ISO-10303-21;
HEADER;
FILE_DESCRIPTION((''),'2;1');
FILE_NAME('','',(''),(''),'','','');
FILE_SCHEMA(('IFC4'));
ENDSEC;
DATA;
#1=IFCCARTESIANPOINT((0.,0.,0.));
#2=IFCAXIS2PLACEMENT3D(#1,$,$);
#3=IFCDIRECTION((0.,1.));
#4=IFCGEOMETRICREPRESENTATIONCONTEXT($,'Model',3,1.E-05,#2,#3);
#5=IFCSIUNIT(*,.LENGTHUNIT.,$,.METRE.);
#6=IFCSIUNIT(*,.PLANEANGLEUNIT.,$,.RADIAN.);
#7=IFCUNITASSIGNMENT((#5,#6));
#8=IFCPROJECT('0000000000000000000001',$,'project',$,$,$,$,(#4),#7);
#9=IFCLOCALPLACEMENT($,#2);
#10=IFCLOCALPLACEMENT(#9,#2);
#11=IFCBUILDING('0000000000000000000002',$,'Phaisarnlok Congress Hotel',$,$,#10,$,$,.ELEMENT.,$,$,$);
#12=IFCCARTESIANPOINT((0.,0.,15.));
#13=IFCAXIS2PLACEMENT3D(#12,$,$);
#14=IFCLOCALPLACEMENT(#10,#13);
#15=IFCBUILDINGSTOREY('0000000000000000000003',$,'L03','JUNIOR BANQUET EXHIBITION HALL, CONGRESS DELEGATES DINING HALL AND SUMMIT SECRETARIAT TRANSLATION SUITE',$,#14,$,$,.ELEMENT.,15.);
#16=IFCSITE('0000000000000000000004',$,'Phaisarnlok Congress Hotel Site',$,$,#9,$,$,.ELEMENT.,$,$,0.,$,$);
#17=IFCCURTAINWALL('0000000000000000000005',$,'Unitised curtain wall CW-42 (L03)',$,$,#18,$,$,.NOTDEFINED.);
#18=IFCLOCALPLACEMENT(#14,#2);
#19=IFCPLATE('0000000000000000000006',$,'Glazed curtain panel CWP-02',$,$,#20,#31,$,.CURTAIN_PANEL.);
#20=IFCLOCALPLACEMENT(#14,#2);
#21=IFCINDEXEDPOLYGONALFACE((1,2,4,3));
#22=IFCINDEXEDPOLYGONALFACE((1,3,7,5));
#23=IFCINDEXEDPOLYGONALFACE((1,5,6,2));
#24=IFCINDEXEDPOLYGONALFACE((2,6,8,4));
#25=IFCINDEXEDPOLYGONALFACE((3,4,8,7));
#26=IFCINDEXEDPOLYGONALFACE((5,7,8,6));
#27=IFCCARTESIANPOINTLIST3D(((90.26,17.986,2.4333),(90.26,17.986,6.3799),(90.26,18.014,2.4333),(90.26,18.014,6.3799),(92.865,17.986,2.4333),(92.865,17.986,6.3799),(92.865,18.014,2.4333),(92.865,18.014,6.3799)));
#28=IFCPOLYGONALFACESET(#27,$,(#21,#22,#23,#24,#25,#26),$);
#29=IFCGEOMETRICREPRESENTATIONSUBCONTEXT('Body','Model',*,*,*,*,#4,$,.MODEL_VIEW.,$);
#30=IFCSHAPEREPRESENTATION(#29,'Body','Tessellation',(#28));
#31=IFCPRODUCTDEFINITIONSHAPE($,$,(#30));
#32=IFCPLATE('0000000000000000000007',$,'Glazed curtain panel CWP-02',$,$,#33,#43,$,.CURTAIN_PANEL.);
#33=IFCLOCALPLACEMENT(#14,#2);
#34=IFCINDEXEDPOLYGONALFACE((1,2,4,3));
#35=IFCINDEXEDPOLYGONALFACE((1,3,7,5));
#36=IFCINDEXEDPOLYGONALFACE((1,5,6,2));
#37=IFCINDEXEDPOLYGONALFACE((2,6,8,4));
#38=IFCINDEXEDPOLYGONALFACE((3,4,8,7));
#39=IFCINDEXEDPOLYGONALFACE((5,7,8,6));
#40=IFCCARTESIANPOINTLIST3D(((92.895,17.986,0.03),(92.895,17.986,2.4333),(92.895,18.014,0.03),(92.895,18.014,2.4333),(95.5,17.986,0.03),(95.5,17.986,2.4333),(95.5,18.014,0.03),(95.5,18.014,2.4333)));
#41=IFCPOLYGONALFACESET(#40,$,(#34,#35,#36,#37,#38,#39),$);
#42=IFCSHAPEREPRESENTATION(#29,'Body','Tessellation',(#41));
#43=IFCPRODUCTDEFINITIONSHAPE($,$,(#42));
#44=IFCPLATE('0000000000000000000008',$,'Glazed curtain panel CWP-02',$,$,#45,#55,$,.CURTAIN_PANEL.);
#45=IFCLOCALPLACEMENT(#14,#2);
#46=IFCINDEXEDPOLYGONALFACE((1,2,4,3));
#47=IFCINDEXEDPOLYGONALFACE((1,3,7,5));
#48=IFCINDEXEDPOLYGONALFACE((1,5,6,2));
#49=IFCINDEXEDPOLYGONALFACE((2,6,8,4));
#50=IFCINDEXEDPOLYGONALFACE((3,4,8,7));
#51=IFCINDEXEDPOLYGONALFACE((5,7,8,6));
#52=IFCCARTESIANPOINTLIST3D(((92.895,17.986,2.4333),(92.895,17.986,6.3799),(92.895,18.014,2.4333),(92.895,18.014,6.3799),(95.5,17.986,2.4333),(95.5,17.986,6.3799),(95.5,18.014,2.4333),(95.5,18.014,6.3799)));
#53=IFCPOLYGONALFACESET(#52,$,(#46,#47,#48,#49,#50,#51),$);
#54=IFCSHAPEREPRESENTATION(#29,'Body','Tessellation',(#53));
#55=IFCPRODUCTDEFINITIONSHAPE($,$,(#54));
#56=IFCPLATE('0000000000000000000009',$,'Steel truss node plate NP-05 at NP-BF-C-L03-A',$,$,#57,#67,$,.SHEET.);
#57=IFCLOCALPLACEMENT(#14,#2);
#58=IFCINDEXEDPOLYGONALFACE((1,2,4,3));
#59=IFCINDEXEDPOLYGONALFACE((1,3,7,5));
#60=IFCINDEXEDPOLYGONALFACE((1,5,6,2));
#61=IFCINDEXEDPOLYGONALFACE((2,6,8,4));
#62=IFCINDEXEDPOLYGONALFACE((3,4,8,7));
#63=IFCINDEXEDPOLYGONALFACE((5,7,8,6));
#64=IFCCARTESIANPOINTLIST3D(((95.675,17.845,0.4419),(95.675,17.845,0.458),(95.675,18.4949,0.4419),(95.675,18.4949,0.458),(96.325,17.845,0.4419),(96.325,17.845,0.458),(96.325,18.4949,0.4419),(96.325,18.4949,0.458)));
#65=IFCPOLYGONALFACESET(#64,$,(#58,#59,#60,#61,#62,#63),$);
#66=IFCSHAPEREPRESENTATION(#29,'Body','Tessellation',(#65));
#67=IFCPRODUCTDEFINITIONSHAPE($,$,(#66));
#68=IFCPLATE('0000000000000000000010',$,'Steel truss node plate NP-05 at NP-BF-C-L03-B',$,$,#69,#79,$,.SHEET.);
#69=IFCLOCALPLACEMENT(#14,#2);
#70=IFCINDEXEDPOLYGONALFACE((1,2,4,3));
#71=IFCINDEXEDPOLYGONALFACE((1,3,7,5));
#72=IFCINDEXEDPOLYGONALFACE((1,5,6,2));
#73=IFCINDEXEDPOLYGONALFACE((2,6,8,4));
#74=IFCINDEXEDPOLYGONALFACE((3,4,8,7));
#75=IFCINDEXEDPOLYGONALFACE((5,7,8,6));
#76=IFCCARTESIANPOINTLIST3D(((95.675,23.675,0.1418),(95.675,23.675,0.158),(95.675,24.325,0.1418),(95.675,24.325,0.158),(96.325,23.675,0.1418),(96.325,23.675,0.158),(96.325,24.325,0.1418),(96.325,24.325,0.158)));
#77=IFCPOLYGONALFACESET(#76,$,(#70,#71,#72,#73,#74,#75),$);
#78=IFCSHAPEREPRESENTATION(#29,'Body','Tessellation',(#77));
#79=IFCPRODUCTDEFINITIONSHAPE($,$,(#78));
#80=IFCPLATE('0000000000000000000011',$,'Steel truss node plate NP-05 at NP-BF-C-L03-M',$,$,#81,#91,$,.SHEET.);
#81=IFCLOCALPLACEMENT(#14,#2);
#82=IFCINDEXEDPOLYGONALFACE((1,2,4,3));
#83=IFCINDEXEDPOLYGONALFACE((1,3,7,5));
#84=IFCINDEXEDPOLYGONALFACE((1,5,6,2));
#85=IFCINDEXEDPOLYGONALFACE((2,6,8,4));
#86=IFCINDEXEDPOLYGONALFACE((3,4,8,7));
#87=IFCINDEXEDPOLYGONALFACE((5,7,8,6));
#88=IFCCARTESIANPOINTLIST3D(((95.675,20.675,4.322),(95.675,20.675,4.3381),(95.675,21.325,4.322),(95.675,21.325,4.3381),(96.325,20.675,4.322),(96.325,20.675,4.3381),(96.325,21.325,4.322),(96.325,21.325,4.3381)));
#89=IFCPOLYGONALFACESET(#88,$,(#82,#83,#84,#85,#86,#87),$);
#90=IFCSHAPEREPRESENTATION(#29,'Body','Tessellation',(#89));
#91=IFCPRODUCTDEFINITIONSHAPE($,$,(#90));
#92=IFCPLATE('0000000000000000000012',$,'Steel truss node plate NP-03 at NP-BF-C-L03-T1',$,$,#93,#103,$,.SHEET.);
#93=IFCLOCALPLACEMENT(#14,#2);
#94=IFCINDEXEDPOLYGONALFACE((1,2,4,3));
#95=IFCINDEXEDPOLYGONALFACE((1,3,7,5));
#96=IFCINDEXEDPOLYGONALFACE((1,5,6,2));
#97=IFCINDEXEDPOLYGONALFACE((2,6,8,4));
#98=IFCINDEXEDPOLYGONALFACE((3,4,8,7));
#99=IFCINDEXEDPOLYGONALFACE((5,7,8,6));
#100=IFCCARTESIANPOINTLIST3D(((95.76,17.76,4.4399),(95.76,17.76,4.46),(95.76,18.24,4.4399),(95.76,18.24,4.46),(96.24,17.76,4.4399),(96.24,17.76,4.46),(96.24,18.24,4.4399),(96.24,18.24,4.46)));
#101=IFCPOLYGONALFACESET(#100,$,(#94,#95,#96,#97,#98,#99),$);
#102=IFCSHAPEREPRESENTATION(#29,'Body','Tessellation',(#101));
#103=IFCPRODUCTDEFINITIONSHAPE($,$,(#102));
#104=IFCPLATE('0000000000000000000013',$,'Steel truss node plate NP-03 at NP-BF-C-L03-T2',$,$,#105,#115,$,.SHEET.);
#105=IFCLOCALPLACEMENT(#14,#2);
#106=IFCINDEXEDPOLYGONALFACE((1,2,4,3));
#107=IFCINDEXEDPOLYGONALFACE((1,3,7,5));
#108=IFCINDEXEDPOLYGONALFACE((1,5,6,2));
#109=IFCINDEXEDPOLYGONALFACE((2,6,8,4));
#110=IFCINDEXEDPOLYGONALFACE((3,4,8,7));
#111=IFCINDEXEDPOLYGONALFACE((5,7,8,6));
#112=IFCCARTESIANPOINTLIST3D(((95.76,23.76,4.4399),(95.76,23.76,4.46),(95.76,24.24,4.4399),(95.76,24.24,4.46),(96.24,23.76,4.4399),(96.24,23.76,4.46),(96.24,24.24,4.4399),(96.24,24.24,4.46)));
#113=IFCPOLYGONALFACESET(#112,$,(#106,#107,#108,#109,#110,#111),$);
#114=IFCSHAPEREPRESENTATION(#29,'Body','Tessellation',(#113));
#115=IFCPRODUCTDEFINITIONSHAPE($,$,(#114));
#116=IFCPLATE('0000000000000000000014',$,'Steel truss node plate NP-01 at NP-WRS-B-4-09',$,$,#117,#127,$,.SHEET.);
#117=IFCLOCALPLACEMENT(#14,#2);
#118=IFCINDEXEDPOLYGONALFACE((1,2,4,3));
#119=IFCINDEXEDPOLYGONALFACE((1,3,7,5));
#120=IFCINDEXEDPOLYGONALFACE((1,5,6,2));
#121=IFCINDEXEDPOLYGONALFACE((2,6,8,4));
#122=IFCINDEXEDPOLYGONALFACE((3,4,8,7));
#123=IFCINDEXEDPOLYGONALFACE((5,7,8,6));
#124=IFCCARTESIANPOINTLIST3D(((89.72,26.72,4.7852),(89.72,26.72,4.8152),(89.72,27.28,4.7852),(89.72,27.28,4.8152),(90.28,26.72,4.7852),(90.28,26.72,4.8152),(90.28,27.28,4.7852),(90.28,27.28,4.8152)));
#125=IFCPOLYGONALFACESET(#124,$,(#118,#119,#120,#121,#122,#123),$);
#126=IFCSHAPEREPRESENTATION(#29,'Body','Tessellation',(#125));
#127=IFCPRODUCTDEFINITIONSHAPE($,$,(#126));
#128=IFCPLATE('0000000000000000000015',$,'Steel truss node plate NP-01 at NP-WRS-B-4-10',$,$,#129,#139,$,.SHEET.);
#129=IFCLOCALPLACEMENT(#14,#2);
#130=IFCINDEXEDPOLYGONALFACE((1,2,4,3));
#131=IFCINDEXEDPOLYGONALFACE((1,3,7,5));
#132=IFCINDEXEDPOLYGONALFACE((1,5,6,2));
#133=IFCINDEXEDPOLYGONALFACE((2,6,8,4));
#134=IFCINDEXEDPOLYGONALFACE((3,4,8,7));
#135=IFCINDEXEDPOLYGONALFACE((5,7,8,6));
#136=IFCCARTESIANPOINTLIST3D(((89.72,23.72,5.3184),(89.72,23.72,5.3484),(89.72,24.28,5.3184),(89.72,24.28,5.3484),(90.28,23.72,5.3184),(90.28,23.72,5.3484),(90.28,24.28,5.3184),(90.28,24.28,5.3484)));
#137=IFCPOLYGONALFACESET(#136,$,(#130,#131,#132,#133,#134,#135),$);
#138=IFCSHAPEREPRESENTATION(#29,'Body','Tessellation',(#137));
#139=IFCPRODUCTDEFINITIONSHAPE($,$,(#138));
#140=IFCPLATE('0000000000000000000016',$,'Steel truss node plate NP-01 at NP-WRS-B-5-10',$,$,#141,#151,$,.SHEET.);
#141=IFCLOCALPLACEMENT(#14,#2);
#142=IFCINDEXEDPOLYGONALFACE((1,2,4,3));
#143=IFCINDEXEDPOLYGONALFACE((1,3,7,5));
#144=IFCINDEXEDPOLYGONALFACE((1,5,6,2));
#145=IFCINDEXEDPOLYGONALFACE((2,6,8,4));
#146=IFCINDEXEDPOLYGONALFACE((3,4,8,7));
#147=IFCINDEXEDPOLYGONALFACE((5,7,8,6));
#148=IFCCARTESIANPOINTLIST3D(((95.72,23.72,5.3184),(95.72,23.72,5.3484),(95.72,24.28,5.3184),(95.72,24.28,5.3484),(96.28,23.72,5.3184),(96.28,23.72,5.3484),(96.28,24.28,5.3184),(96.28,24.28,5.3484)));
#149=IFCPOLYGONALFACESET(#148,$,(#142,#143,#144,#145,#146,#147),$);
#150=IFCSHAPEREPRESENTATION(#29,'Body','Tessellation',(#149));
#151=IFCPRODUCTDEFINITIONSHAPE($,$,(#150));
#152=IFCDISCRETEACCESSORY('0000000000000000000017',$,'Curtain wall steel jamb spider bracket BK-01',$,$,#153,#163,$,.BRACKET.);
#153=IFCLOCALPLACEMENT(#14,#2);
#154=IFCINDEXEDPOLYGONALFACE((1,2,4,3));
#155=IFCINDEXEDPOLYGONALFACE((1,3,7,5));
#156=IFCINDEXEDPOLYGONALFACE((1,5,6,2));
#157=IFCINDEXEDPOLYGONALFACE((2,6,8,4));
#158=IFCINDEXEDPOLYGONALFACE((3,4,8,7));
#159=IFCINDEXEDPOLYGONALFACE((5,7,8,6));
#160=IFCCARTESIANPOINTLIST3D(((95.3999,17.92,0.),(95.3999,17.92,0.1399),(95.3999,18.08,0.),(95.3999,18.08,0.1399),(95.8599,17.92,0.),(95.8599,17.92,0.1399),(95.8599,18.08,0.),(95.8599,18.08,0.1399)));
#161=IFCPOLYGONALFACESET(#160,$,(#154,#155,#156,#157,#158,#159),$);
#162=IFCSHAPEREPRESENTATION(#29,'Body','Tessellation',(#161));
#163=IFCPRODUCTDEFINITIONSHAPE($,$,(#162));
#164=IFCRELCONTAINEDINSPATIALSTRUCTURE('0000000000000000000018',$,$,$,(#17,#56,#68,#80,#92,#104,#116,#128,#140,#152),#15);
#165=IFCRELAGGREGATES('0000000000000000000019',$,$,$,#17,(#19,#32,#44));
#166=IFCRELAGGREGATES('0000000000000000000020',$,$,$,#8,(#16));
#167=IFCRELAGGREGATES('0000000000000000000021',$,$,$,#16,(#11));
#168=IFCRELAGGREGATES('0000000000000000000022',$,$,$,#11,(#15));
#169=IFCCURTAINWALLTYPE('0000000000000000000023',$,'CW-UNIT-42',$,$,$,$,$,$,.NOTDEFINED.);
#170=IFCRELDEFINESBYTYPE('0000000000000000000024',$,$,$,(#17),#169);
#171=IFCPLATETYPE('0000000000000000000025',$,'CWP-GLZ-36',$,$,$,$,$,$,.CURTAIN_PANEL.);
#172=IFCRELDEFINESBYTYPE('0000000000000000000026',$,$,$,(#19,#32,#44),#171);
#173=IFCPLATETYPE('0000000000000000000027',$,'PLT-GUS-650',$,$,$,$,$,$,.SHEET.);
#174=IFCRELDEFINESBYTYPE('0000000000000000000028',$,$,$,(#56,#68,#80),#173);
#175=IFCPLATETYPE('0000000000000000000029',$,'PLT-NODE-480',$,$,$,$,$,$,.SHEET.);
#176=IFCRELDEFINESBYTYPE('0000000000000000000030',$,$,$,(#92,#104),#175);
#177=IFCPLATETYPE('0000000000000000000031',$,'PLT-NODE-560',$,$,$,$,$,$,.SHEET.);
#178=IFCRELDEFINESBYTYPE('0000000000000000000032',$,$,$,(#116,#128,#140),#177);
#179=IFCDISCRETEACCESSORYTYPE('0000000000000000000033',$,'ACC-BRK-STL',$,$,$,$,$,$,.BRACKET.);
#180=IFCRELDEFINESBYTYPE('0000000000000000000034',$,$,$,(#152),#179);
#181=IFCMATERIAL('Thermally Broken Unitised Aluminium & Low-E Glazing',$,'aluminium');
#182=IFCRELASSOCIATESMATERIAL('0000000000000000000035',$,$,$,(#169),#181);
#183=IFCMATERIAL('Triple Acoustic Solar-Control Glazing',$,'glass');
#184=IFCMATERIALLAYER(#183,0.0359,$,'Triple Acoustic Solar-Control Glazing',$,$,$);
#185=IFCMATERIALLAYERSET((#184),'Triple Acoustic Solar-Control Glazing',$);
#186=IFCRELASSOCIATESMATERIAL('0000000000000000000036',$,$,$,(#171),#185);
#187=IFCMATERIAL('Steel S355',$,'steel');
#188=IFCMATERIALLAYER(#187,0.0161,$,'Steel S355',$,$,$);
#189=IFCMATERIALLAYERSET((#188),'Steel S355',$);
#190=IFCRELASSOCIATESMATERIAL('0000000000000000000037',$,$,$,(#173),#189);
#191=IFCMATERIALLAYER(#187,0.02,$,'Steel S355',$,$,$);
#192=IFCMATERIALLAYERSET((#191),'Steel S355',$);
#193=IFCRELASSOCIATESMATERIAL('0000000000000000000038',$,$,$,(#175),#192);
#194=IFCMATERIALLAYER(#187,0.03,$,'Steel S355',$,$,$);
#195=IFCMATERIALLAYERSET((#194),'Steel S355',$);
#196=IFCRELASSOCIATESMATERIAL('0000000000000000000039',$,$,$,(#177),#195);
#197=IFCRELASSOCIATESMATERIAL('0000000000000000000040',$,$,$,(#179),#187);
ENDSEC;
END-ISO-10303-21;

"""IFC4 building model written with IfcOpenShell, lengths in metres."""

from ifc_helpers import new_model, si_unit, direction, frame, frame_2d, origin, origin_2d, place, context, subcontext, project, spatial, rectangle, extrude, material, layer, layer_set, type_object, element, aggregate, save


model = new_model("IFC4")

# Units and contexts
model_context = context("Model", 3, precision=1e-05, world=origin(), true_north=direction((0.0, 1.0)))
body_context = subcontext(model_context, "Body", "Model", "MODEL_VIEW")
ifc_project = project(units=[si_unit("LENGTHUNIT", "METRE"), si_unit("PLANEANGLEUNIT", "RADIAN")], contexts=[model_context])

# Site, building, storey
site_placement = place(None, origin())
site = spatial("IfcSite", under=ifc_project, at=site_placement, Name="Phaisarnlok Congress Hotel Site", CompositionType="ELEMENT", RefElevation=0.0)
building_placement = place(site_placement, origin())
building = spatial("IfcBuilding", under=site, at=building_placement, Name="Phaisarnlok Congress Hotel", CompositionType="ELEMENT")
storey_placement = place(building_placement, frame((0.0, 0.0, 15.0)))
storey = spatial("IfcBuildingStorey", under=building, at=storey_placement, Name="L03", Description="JUNIOR BANQUET EXHIBITION HALL, CONGRESS DELEGATES DINING HALL AND SUMMIT SECRETARIAT TRANSLATION SUITE", CompositionType="ELEMENT", Elevation=15.0)

# Shared definitions
ifc_material_1 = material(Name="Steel S355", Category="steel")

# Curtain wall
ifc_material_2 = material(Name="Thermally Broken Unitised Aluminium & Low-E Glazing", Category="aluminium")
curtain_wall_type = type_object("IfcCurtainWallType", Name="CW-UNIT-42", PredefinedType="NOTDEFINED", material=ifc_material_2)
curtain_wall_placement = place(storey_placement, origin())
curtain_wall = element("IfcCurtainWall", 1, at=curtain_wall_placement, inside=storey, type_object=curtain_wall_type, Name="Unitised curtain wall CW-42 (L03)", PredefinedType="NOTDEFINED")

# Plates
ifc_material_3 = material(Name="Triple Acoustic Solar-Control Glazing", Category="glass")
ifc_layer_1 = layer(ifc_material_3, 0.0359, Name="Triple Acoustic Solar-Control Glazing")
ifc_layer_set_1 = layer_set([ifc_layer_1], Name="Triple Acoustic Solar-Control Glazing")
plate_type_1 = type_object("IfcPlateType", Name="CWP-GLZ-36", PredefinedType="CURTAIN_PANEL", material=ifc_layer_set_1)
plate_1_placement = place(storey_placement, frame((90.26, 18.0, 2.4333), z_axis=(0.0, 0.0, 1.0), x_axis=(1.0, 0.0, 0.0)))
plate_1 = element("IfcPlate", 2, at=plate_1_placement, type_object=plate_type_1, Name="Glazed curtain panel CWP-02", PredefinedType="CURTAIN_PANEL", context=body_context, shape_type="SweptSolid", body=[
    extrude(rectangle(XDim=2.605, YDim=0.0281, at=frame_2d((1.3025, 0.0))), origin(), (0.0, 0.0, 1.0), 3.9465),
])
plate_2_placement = place(storey_placement, frame((92.895, 18.0, 0.03), z_axis=(0.0, 0.0, 1.0), x_axis=(1.0, 0.0, 0.0)))
plate_2 = element("IfcPlate", 3, at=plate_2_placement, type_object=plate_type_1, Name="Glazed curtain panel CWP-02", PredefinedType="CURTAIN_PANEL", context=body_context, shape_type="SweptSolid", body=[
    extrude(rectangle(XDim=2.605, YDim=0.0281, at=frame_2d((1.3025, 0.0))), origin(), (0.0, 0.0, 1.0), 2.4033),
])
plate_3_placement = place(storey_placement, frame((92.895, 18.0, 2.4333), z_axis=(0.0, 0.0, 1.0), x_axis=(1.0, 0.0, 0.0)))
plate_3 = element("IfcPlate", 4, at=plate_3_placement, type_object=plate_type_1, Name="Glazed curtain panel CWP-02", PredefinedType="CURTAIN_PANEL", context=body_context, shape_type="SweptSolid", body=[
    extrude(rectangle(XDim=2.605, YDim=0.0281, at=frame_2d((1.3025, 0.0))), origin(), (0.0, 0.0, 1.0), 3.9465),
])
aggregate(curtain_wall, [plate_1, plate_2, plate_3])

# Plates
ifc_layer_2 = layer(ifc_material_1, 0.0161, Name="Steel S355")
ifc_layer_set_2 = layer_set([ifc_layer_2], Name="Steel S355")
plate_type_2 = type_object("IfcPlateType", Name="PLT-GUS-650", PredefinedType="SHEET", material=ifc_layer_set_2)
for number, where, z_axis, x_axis, name in (
    (5, (96.0, 18.1699, 0.4419), (0.0, 0.0, 1.0), (1.0, 0.0, 0.0), "Steel truss node plate NP-05 at NP-BF-C-L03-A"),
    (6, (96.0, 24.0, 0.1418), (0.0, 0.0, 1.0), (1.0, 0.0, 0.0), "Steel truss node plate NP-05 at NP-BF-C-L03-B"),
    (7, (96.0, 21.0, 4.322), (0.0, 0.0, 1.0), (1.0, 0.0, 0.0), "Steel truss node plate NP-05 at NP-BF-C-L03-M"),
):
    element("IfcPlate", number, at=place(storey_placement, frame(where, z_axis=z_axis, x_axis=x_axis)), inside=storey, type_object=plate_type_2, Name=name, PredefinedType="SHEET", context=body_context, shape_type="SweptSolid", body=[
        extrude(rectangle(XDim=0.6499, YDim=0.6499, at=origin_2d()), origin(), (0.0, 0.0, 1.0), 0.0161),
    ])
ifc_layer_3 = layer(ifc_material_1, 0.02, Name="Steel S355")
ifc_layer_set_3 = layer_set([ifc_layer_3], Name="Steel S355")
plate_type_3 = type_object("IfcPlateType", Name="PLT-NODE-480", PredefinedType="SHEET", material=ifc_layer_set_3)
for number, where, z_axis, x_axis, name in (
    (8, (96.0, 18.0, 4.4399), (0.0, 0.0, 1.0), (1.0, 0.0, 0.0), "Steel truss node plate NP-03 at NP-BF-C-L03-T1"),
    (9, (96.0, 24.0, 4.4399), (0.0, 0.0, 1.0), (1.0, 0.0, 0.0), "Steel truss node plate NP-03 at NP-BF-C-L03-T2"),
):
    element("IfcPlate", number, at=place(storey_placement, frame(where, z_axis=z_axis, x_axis=x_axis)), inside=storey, type_object=plate_type_3, Name=name, PredefinedType="SHEET", context=body_context, shape_type="SweptSolid", body=[
        extrude(rectangle(XDim=0.48, YDim=0.48, at=origin_2d()), origin(), (0.0, 0.0, 1.0), 0.02),
    ])
ifc_layer_4 = layer(ifc_material_1, 0.03, Name="Steel S355")
ifc_layer_set_4 = layer_set([ifc_layer_4], Name="Steel S355")
plate_type_4 = type_object("IfcPlateType", Name="PLT-NODE-560", PredefinedType="SHEET", material=ifc_layer_set_4)
for number, where, z_axis, x_axis, name in (
    (10, (90.0, 27.0, 4.7852), (0.0, 0.0, 1.0), (1.0, 0.0, 0.0), "Steel truss node plate NP-01 at NP-WRS-B-4-09"),
    (11, (90.0, 24.0, 5.3184), (0.0, 0.0, 1.0), (1.0, 0.0, 0.0), "Steel truss node plate NP-01 at NP-WRS-B-4-10"),
    (12, (96.0, 24.0, 5.3184), (0.0, 0.0, 1.0), (1.0, 0.0, 0.0), "Steel truss node plate NP-01 at NP-WRS-B-5-10"),
):
    element("IfcPlate", number, at=place(storey_placement, frame(where, z_axis=z_axis, x_axis=x_axis)), inside=storey, type_object=plate_type_4, Name=name, PredefinedType="SHEET", context=body_context, shape_type="SweptSolid", body=[
        extrude(rectangle(XDim=0.5601, YDim=0.5601, at=origin_2d()), origin(), (0.0, 0.0, 1.0), 0.03),
    ])

# Discrete accessory
discrete_accessory_type = type_object("IfcDiscreteAccessoryType", Name="ACC-BRK-STL", PredefinedType="BRACKET", material=ifc_material_1)
discrete_accessory_placement = place(storey_placement, frame((95.6299, 18.0, 0.0), z_axis=(0.0, 0.0, 1.0), x_axis=(1.0, 0.0, 0.0)))
element("IfcDiscreteAccessory", 13, at=discrete_accessory_placement, inside=storey, type_object=discrete_accessory_type, Name="Curtain wall steel jamb spider bracket BK-01", PredefinedType="BRACKET", context=body_context, shape_type="SweptSolid", body=[
    extrude(rectangle(XDim=0.46, YDim=0.1599, at=origin_2d()), origin(), (0.0, 0.0, 1.0), 0.1399),
])

save(model, "model.ifc")
